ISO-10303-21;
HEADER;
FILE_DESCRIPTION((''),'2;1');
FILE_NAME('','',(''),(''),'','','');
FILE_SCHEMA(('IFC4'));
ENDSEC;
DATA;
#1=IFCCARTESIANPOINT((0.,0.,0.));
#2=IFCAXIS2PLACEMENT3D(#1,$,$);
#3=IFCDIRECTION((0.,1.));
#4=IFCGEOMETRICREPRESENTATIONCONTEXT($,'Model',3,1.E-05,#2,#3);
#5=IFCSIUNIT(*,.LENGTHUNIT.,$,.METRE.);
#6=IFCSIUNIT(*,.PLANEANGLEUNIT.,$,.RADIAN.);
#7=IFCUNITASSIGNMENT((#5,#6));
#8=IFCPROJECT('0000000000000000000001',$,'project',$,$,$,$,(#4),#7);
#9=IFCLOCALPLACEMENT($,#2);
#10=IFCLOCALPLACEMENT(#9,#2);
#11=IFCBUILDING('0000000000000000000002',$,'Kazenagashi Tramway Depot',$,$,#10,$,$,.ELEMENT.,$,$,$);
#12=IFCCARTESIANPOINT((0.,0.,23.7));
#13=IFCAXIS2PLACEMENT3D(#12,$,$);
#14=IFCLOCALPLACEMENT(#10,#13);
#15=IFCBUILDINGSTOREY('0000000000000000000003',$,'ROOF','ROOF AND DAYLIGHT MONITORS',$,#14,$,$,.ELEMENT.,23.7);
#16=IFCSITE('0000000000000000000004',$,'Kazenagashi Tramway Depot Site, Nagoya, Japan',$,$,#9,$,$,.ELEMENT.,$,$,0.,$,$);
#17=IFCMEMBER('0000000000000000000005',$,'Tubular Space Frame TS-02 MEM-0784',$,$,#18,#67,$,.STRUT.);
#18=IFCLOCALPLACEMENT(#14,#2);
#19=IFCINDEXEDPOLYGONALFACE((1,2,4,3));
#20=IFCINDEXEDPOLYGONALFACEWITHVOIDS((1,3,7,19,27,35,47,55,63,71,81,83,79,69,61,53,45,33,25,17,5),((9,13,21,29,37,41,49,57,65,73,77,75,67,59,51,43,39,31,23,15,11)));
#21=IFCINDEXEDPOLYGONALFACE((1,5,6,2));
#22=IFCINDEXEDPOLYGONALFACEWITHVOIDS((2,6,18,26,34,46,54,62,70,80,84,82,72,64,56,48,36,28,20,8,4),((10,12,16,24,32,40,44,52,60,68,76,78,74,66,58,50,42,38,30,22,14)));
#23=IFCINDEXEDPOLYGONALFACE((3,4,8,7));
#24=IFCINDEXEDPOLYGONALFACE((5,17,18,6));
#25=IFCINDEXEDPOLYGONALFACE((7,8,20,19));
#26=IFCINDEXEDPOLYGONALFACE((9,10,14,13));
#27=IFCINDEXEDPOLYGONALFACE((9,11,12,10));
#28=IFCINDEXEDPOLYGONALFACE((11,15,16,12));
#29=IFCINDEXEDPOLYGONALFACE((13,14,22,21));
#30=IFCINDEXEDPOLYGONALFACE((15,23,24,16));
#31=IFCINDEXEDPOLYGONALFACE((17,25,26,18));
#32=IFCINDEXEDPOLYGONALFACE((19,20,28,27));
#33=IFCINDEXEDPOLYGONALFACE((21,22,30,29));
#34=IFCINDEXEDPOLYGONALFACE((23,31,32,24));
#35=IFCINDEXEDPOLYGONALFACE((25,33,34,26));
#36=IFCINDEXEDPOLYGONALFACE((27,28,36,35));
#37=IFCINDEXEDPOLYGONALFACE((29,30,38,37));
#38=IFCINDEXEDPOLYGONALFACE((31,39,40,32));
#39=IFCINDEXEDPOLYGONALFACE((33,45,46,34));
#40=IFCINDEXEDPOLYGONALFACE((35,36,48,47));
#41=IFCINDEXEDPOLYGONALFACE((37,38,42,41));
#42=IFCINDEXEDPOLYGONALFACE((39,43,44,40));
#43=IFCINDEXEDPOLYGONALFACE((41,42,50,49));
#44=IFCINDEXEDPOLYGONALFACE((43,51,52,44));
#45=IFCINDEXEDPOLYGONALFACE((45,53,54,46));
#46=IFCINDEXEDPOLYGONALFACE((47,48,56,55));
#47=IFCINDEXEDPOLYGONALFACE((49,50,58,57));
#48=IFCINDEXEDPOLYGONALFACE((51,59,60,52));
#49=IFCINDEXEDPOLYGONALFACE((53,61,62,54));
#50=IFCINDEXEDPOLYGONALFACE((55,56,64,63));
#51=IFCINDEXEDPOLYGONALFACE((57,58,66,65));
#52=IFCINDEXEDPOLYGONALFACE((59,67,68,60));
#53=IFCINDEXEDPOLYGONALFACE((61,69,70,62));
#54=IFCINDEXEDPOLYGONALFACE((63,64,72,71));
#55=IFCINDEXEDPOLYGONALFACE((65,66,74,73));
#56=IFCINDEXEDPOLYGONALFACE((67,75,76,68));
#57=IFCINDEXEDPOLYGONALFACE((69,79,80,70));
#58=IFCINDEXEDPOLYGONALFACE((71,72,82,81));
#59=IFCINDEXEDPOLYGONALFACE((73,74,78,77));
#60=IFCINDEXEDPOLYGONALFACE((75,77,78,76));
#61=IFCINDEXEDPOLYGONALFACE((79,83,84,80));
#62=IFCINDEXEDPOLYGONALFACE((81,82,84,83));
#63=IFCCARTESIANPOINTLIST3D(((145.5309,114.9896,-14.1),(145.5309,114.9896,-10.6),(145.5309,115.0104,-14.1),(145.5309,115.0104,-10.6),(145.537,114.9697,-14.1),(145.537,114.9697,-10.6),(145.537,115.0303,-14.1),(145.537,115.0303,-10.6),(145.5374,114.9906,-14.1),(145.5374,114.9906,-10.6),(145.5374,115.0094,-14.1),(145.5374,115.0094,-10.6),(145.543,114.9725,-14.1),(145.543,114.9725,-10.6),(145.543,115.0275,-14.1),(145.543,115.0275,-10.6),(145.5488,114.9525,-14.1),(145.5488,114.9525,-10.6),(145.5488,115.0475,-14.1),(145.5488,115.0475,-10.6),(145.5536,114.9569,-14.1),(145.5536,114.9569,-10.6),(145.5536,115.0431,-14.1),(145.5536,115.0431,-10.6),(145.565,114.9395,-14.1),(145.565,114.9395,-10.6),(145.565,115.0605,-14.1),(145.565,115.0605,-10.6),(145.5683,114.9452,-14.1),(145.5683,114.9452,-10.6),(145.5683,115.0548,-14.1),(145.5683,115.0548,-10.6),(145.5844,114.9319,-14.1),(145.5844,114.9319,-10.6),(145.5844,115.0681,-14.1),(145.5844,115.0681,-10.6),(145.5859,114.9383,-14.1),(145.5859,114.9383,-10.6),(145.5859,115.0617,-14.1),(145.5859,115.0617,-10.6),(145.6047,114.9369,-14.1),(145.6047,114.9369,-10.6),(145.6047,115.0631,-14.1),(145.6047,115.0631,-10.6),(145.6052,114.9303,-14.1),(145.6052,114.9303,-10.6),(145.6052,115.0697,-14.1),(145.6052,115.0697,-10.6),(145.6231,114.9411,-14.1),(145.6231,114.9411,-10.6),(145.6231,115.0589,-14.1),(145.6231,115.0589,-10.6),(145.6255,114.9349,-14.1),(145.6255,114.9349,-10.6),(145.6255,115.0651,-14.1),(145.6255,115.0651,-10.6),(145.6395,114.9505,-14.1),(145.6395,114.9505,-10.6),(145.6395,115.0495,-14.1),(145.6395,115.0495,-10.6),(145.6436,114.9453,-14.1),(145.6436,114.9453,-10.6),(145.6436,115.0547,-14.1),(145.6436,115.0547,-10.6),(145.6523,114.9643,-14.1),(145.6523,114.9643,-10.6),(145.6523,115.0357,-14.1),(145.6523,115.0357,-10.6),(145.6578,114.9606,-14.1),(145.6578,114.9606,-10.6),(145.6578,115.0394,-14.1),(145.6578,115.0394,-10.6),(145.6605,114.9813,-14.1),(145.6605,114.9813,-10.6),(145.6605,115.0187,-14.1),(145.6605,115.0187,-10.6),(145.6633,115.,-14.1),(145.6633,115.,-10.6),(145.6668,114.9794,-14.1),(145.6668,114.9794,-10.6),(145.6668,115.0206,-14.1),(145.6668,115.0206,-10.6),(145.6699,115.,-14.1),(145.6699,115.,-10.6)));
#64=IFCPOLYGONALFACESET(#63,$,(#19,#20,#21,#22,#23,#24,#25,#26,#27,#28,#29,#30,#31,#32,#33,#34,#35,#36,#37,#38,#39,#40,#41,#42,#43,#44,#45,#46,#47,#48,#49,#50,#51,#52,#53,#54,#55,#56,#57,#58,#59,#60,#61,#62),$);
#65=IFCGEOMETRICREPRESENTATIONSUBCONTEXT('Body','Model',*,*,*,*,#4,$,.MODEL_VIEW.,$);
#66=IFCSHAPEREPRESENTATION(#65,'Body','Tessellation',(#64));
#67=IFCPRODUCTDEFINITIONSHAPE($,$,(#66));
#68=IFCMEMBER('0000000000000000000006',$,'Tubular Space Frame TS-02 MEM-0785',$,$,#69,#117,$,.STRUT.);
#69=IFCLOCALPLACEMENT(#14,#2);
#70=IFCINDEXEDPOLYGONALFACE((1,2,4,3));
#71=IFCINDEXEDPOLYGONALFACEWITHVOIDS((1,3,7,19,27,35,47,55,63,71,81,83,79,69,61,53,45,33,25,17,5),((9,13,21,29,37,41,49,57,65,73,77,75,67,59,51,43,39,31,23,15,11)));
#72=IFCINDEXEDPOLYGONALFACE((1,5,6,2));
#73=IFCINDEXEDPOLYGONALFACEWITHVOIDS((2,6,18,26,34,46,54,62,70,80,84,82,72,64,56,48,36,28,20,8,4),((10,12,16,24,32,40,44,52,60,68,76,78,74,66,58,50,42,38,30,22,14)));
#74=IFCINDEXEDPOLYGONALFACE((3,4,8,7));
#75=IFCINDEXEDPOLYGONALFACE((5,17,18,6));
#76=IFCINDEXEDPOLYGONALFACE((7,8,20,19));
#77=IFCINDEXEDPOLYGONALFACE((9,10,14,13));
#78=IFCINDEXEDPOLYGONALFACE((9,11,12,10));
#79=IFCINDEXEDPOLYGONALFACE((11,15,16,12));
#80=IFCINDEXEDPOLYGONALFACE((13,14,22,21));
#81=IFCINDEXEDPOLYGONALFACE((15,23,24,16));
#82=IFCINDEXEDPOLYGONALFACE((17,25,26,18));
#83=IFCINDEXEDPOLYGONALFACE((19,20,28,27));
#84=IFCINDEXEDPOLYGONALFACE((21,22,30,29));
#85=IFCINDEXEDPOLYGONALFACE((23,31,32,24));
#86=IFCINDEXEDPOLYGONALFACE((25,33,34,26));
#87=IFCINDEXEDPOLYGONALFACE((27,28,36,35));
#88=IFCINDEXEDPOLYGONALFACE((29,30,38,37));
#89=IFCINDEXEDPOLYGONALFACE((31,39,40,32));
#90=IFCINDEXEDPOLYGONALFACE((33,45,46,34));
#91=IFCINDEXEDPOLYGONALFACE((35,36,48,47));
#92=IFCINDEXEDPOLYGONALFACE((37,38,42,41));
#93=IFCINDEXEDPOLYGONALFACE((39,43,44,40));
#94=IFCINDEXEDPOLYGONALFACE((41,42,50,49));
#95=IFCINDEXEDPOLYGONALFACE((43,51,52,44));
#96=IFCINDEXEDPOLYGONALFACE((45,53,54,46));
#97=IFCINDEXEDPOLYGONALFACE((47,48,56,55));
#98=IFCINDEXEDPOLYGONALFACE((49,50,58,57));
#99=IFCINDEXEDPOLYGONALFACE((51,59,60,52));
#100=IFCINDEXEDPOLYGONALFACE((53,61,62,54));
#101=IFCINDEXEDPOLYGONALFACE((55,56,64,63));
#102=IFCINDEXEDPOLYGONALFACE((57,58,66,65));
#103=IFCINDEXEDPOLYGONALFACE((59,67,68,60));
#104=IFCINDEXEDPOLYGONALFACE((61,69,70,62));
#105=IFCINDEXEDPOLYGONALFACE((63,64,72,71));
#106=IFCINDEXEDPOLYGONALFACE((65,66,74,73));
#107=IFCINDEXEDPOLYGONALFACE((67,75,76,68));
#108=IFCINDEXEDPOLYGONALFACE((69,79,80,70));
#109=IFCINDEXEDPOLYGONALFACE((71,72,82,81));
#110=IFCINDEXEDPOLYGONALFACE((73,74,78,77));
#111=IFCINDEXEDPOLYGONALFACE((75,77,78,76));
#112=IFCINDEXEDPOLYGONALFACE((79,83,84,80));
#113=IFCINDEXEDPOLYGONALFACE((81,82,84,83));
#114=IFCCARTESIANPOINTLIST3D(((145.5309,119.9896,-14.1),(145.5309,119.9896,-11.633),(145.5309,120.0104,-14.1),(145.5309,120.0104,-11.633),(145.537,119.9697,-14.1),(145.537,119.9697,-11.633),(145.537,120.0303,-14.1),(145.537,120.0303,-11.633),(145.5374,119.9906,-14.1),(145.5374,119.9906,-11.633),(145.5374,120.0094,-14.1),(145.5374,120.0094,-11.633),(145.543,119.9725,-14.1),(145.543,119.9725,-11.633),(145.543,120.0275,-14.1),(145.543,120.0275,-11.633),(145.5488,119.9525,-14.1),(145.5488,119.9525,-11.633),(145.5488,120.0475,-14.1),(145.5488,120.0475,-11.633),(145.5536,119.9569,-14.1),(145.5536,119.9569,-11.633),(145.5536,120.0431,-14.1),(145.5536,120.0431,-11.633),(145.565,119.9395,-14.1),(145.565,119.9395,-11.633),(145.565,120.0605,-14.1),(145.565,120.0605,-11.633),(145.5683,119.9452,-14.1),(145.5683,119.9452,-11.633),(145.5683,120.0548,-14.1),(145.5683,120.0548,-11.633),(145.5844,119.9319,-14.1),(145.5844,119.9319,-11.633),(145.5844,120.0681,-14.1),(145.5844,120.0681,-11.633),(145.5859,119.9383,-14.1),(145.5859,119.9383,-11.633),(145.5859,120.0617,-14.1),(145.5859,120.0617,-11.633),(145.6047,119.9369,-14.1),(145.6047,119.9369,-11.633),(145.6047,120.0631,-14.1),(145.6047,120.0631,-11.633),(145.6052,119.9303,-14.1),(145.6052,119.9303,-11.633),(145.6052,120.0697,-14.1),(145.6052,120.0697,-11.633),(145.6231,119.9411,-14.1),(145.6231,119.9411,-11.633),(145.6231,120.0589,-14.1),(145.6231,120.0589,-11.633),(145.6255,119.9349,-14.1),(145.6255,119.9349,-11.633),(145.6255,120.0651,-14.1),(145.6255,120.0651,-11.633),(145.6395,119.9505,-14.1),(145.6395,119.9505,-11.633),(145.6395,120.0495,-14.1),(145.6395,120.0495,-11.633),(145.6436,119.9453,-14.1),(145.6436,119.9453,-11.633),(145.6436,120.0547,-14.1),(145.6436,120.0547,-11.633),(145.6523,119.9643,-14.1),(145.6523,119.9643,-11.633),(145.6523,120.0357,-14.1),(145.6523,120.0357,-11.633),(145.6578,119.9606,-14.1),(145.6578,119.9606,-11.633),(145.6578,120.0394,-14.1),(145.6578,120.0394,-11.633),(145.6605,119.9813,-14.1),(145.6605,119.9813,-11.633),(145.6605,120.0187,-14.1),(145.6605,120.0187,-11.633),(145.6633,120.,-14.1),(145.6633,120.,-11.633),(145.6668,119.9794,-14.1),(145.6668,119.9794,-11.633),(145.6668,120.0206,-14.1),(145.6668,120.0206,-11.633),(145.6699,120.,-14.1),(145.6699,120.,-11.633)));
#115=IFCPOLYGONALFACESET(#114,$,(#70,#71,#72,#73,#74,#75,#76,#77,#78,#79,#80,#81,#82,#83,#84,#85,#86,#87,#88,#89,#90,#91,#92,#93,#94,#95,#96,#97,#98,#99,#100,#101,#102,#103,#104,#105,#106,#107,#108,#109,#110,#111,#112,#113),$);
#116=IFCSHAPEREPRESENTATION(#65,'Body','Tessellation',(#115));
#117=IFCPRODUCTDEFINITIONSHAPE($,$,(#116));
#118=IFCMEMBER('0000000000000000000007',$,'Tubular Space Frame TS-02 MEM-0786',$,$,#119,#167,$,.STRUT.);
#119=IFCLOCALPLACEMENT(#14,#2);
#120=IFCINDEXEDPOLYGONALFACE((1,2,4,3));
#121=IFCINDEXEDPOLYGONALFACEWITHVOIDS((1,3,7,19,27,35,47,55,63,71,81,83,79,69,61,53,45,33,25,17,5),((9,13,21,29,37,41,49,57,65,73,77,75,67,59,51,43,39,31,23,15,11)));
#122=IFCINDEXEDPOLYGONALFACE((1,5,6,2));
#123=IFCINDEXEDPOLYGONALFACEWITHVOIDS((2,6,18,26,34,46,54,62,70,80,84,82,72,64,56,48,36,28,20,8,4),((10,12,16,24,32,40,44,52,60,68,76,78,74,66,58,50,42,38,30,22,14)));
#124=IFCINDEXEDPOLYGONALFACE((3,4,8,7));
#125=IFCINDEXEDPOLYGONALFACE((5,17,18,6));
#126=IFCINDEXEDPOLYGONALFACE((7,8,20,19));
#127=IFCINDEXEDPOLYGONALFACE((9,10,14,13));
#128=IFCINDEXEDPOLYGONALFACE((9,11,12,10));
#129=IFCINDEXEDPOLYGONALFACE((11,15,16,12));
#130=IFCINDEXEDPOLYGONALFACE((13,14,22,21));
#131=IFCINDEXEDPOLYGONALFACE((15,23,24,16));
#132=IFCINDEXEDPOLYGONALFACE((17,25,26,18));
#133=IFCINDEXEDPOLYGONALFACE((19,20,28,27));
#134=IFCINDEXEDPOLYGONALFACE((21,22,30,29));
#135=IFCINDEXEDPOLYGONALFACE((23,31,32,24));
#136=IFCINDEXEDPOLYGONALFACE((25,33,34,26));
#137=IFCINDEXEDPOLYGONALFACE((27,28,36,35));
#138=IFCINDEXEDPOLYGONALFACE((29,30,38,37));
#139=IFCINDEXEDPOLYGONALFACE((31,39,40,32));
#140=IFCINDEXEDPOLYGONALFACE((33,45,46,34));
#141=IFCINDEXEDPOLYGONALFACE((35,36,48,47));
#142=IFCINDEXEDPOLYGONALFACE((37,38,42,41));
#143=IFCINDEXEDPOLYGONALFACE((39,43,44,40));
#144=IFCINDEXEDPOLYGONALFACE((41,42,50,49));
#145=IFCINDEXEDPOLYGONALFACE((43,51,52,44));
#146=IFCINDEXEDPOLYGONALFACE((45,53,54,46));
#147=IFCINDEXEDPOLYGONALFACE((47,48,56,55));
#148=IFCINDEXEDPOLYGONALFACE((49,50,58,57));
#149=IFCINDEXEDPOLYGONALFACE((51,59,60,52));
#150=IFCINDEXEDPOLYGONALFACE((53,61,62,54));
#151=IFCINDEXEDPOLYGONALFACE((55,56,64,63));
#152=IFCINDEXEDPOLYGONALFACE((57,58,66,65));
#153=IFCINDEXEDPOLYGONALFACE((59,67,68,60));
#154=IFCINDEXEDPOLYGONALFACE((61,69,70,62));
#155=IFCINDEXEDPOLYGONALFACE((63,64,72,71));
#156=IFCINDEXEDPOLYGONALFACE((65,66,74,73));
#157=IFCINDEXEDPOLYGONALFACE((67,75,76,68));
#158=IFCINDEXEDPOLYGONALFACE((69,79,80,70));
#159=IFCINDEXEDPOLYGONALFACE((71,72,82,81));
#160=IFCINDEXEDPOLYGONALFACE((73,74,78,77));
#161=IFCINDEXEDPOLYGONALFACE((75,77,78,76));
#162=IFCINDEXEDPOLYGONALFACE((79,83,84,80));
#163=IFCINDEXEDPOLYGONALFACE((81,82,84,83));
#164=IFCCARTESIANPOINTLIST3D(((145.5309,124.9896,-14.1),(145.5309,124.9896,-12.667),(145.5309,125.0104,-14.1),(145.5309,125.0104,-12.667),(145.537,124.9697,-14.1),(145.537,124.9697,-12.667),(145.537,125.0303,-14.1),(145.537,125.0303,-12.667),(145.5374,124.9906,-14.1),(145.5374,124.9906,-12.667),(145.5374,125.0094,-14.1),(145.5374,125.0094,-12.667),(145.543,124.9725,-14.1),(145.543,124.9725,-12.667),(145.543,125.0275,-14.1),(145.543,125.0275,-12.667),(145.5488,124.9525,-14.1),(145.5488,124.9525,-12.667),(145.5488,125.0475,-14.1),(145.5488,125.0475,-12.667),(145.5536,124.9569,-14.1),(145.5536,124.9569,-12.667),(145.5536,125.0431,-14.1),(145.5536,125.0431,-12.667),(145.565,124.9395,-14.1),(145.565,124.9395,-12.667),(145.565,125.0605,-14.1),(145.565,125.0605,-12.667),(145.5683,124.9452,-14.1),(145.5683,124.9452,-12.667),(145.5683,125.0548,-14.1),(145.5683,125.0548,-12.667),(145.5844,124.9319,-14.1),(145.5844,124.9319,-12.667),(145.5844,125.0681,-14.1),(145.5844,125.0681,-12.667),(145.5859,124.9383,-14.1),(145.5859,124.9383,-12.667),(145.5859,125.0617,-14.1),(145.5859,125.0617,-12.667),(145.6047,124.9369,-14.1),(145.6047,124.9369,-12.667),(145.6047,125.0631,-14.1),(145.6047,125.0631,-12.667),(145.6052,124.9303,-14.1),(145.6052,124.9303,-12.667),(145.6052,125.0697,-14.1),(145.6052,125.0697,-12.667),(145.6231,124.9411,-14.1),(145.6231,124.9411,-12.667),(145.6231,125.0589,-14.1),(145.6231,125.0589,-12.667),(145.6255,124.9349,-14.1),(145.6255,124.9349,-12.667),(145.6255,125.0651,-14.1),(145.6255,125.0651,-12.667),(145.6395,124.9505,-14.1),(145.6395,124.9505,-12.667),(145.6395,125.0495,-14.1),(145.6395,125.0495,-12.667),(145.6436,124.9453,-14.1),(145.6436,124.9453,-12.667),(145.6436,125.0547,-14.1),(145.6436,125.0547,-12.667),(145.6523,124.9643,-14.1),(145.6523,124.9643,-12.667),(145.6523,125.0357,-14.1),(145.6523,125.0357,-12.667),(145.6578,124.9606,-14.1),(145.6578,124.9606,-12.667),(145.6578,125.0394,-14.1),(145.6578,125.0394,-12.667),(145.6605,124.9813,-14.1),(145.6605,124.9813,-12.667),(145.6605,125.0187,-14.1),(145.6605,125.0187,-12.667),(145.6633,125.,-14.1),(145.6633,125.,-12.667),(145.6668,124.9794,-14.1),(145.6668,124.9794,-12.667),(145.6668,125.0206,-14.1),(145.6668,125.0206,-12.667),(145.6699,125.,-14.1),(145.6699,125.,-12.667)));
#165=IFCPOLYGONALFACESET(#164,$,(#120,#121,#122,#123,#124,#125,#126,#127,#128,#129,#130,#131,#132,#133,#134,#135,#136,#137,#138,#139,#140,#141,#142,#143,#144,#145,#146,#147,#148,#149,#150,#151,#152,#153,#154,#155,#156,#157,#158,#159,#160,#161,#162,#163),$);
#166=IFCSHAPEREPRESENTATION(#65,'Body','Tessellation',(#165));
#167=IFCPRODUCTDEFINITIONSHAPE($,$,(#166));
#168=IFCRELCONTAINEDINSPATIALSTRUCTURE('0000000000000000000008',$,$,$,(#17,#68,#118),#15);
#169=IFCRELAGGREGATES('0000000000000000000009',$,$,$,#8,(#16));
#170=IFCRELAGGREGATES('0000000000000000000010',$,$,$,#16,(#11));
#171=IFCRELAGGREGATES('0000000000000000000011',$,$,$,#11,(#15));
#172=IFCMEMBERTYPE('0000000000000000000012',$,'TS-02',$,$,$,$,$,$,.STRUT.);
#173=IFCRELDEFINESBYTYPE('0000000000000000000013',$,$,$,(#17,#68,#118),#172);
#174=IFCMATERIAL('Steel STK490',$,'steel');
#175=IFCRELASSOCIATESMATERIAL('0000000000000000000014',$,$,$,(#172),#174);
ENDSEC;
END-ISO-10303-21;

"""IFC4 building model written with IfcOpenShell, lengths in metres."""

from ifc_helpers import new_model, si_unit, direction, frame, origin, origin_2d, place, context, subcontext, project, spatial, hollow_circle, extrude, material, material_profile, profile_set, type_object, element, save


model = new_model("IFC4")

# Units and contexts
model_context = context("Model", 3, precision=1e-05, world=origin(), true_north=direction((0.0, 1.0)))
body_context = subcontext(model_context, "Body", "Model", "MODEL_VIEW")
ifc_project = project(units=[si_unit("LENGTHUNIT", "METRE"), si_unit("PLANEANGLEUNIT", "RADIAN")], contexts=[model_context])

# Site, building, storey
site_placement = place(None, origin())
site = spatial("IfcSite", under=ifc_project, at=site_placement, Name="Kazenagashi Tramway Depot Site, Nagoya, Japan", CompositionType="ELEMENT", RefElevation=0.0)
building_placement = place(site_placement, origin())
building = spatial("IfcBuilding", under=site, at=building_placement, Name="Kazenagashi Tramway Depot", CompositionType="ELEMENT")
storey_placement = place(building_placement, frame((0.0, 0.0, 23.7)))
storey = spatial("IfcBuildingStorey", under=building, at=storey_placement, Name="ROOF", Description="ROOF AND DAYLIGHT MONITORS", CompositionType="ELEMENT", Elevation=23.7)

# Members
ifc_material_1 = material(Name="Steel STK490", Category="steel")
ifc_material_profile_1 = material_profile(ifc_material_1, hollow_circle(Radius=0.0699, WallThickness=0.0066, at=origin_2d()), Name="CHS-139.8x6.6")
ifc_profile_set_1 = profile_set([ifc_material_profile_1], Name="Steel STK490")
member_type_1 = type_object("IfcMemberType", Name="TS-02", PredefinedType="STRUT", material=ifc_profile_set_1)
member_1_placement = place(storey_placement, frame((145.6, 115.0, -14.1), z_axis=(0.0, 0.0, 1.0), x_axis=(1.0, 0.0, 0.0)))
element("IfcMember", 1, at=member_1_placement, inside=storey, type_object=member_type_1, Name="Tubular Space Frame TS-02 MEM-0784", PredefinedType="STRUT", context=body_context, shape_type="SweptSolid", body=[
    extrude(hollow_circle(Radius=0.0699, WallThickness=0.0066, at=origin_2d()), origin(), (0.0, 0.0, 1.0), 3.5),
])
member_2_placement = place(storey_placement, frame((145.6, 120.0, -14.1), z_axis=(0.0, 0.0, 1.0), x_axis=(1.0, 0.0, 0.0)))
element("IfcMember", 2, at=member_2_placement, inside=storey, type_object=member_type_1, Name="Tubular Space Frame TS-02 MEM-0785", PredefinedType="STRUT", context=body_context, shape_type="SweptSolid", body=[
    extrude(hollow_circle(Radius=0.0699, WallThickness=0.0066, at=origin_2d()), origin(), (0.0, 0.0, 1.0), 2.467),
])
member_3_placement = place(storey_placement, frame((145.6, 125.0, -14.1), z_axis=(0.0, 0.0, 1.0), x_axis=(1.0, 0.0, 0.0)))
element("IfcMember", 3, at=member_3_placement, inside=storey, type_object=member_type_1, Name="Tubular Space Frame TS-02 MEM-0786", PredefinedType="STRUT", context=body_context, shape_type="SweptSolid", body=[
    extrude(hollow_circle(Radius=0.0699, WallThickness=0.0066, at=origin_2d()), origin(), (0.0, 0.0, 1.0), 1.433),
])

save(model, "model.ifc")
